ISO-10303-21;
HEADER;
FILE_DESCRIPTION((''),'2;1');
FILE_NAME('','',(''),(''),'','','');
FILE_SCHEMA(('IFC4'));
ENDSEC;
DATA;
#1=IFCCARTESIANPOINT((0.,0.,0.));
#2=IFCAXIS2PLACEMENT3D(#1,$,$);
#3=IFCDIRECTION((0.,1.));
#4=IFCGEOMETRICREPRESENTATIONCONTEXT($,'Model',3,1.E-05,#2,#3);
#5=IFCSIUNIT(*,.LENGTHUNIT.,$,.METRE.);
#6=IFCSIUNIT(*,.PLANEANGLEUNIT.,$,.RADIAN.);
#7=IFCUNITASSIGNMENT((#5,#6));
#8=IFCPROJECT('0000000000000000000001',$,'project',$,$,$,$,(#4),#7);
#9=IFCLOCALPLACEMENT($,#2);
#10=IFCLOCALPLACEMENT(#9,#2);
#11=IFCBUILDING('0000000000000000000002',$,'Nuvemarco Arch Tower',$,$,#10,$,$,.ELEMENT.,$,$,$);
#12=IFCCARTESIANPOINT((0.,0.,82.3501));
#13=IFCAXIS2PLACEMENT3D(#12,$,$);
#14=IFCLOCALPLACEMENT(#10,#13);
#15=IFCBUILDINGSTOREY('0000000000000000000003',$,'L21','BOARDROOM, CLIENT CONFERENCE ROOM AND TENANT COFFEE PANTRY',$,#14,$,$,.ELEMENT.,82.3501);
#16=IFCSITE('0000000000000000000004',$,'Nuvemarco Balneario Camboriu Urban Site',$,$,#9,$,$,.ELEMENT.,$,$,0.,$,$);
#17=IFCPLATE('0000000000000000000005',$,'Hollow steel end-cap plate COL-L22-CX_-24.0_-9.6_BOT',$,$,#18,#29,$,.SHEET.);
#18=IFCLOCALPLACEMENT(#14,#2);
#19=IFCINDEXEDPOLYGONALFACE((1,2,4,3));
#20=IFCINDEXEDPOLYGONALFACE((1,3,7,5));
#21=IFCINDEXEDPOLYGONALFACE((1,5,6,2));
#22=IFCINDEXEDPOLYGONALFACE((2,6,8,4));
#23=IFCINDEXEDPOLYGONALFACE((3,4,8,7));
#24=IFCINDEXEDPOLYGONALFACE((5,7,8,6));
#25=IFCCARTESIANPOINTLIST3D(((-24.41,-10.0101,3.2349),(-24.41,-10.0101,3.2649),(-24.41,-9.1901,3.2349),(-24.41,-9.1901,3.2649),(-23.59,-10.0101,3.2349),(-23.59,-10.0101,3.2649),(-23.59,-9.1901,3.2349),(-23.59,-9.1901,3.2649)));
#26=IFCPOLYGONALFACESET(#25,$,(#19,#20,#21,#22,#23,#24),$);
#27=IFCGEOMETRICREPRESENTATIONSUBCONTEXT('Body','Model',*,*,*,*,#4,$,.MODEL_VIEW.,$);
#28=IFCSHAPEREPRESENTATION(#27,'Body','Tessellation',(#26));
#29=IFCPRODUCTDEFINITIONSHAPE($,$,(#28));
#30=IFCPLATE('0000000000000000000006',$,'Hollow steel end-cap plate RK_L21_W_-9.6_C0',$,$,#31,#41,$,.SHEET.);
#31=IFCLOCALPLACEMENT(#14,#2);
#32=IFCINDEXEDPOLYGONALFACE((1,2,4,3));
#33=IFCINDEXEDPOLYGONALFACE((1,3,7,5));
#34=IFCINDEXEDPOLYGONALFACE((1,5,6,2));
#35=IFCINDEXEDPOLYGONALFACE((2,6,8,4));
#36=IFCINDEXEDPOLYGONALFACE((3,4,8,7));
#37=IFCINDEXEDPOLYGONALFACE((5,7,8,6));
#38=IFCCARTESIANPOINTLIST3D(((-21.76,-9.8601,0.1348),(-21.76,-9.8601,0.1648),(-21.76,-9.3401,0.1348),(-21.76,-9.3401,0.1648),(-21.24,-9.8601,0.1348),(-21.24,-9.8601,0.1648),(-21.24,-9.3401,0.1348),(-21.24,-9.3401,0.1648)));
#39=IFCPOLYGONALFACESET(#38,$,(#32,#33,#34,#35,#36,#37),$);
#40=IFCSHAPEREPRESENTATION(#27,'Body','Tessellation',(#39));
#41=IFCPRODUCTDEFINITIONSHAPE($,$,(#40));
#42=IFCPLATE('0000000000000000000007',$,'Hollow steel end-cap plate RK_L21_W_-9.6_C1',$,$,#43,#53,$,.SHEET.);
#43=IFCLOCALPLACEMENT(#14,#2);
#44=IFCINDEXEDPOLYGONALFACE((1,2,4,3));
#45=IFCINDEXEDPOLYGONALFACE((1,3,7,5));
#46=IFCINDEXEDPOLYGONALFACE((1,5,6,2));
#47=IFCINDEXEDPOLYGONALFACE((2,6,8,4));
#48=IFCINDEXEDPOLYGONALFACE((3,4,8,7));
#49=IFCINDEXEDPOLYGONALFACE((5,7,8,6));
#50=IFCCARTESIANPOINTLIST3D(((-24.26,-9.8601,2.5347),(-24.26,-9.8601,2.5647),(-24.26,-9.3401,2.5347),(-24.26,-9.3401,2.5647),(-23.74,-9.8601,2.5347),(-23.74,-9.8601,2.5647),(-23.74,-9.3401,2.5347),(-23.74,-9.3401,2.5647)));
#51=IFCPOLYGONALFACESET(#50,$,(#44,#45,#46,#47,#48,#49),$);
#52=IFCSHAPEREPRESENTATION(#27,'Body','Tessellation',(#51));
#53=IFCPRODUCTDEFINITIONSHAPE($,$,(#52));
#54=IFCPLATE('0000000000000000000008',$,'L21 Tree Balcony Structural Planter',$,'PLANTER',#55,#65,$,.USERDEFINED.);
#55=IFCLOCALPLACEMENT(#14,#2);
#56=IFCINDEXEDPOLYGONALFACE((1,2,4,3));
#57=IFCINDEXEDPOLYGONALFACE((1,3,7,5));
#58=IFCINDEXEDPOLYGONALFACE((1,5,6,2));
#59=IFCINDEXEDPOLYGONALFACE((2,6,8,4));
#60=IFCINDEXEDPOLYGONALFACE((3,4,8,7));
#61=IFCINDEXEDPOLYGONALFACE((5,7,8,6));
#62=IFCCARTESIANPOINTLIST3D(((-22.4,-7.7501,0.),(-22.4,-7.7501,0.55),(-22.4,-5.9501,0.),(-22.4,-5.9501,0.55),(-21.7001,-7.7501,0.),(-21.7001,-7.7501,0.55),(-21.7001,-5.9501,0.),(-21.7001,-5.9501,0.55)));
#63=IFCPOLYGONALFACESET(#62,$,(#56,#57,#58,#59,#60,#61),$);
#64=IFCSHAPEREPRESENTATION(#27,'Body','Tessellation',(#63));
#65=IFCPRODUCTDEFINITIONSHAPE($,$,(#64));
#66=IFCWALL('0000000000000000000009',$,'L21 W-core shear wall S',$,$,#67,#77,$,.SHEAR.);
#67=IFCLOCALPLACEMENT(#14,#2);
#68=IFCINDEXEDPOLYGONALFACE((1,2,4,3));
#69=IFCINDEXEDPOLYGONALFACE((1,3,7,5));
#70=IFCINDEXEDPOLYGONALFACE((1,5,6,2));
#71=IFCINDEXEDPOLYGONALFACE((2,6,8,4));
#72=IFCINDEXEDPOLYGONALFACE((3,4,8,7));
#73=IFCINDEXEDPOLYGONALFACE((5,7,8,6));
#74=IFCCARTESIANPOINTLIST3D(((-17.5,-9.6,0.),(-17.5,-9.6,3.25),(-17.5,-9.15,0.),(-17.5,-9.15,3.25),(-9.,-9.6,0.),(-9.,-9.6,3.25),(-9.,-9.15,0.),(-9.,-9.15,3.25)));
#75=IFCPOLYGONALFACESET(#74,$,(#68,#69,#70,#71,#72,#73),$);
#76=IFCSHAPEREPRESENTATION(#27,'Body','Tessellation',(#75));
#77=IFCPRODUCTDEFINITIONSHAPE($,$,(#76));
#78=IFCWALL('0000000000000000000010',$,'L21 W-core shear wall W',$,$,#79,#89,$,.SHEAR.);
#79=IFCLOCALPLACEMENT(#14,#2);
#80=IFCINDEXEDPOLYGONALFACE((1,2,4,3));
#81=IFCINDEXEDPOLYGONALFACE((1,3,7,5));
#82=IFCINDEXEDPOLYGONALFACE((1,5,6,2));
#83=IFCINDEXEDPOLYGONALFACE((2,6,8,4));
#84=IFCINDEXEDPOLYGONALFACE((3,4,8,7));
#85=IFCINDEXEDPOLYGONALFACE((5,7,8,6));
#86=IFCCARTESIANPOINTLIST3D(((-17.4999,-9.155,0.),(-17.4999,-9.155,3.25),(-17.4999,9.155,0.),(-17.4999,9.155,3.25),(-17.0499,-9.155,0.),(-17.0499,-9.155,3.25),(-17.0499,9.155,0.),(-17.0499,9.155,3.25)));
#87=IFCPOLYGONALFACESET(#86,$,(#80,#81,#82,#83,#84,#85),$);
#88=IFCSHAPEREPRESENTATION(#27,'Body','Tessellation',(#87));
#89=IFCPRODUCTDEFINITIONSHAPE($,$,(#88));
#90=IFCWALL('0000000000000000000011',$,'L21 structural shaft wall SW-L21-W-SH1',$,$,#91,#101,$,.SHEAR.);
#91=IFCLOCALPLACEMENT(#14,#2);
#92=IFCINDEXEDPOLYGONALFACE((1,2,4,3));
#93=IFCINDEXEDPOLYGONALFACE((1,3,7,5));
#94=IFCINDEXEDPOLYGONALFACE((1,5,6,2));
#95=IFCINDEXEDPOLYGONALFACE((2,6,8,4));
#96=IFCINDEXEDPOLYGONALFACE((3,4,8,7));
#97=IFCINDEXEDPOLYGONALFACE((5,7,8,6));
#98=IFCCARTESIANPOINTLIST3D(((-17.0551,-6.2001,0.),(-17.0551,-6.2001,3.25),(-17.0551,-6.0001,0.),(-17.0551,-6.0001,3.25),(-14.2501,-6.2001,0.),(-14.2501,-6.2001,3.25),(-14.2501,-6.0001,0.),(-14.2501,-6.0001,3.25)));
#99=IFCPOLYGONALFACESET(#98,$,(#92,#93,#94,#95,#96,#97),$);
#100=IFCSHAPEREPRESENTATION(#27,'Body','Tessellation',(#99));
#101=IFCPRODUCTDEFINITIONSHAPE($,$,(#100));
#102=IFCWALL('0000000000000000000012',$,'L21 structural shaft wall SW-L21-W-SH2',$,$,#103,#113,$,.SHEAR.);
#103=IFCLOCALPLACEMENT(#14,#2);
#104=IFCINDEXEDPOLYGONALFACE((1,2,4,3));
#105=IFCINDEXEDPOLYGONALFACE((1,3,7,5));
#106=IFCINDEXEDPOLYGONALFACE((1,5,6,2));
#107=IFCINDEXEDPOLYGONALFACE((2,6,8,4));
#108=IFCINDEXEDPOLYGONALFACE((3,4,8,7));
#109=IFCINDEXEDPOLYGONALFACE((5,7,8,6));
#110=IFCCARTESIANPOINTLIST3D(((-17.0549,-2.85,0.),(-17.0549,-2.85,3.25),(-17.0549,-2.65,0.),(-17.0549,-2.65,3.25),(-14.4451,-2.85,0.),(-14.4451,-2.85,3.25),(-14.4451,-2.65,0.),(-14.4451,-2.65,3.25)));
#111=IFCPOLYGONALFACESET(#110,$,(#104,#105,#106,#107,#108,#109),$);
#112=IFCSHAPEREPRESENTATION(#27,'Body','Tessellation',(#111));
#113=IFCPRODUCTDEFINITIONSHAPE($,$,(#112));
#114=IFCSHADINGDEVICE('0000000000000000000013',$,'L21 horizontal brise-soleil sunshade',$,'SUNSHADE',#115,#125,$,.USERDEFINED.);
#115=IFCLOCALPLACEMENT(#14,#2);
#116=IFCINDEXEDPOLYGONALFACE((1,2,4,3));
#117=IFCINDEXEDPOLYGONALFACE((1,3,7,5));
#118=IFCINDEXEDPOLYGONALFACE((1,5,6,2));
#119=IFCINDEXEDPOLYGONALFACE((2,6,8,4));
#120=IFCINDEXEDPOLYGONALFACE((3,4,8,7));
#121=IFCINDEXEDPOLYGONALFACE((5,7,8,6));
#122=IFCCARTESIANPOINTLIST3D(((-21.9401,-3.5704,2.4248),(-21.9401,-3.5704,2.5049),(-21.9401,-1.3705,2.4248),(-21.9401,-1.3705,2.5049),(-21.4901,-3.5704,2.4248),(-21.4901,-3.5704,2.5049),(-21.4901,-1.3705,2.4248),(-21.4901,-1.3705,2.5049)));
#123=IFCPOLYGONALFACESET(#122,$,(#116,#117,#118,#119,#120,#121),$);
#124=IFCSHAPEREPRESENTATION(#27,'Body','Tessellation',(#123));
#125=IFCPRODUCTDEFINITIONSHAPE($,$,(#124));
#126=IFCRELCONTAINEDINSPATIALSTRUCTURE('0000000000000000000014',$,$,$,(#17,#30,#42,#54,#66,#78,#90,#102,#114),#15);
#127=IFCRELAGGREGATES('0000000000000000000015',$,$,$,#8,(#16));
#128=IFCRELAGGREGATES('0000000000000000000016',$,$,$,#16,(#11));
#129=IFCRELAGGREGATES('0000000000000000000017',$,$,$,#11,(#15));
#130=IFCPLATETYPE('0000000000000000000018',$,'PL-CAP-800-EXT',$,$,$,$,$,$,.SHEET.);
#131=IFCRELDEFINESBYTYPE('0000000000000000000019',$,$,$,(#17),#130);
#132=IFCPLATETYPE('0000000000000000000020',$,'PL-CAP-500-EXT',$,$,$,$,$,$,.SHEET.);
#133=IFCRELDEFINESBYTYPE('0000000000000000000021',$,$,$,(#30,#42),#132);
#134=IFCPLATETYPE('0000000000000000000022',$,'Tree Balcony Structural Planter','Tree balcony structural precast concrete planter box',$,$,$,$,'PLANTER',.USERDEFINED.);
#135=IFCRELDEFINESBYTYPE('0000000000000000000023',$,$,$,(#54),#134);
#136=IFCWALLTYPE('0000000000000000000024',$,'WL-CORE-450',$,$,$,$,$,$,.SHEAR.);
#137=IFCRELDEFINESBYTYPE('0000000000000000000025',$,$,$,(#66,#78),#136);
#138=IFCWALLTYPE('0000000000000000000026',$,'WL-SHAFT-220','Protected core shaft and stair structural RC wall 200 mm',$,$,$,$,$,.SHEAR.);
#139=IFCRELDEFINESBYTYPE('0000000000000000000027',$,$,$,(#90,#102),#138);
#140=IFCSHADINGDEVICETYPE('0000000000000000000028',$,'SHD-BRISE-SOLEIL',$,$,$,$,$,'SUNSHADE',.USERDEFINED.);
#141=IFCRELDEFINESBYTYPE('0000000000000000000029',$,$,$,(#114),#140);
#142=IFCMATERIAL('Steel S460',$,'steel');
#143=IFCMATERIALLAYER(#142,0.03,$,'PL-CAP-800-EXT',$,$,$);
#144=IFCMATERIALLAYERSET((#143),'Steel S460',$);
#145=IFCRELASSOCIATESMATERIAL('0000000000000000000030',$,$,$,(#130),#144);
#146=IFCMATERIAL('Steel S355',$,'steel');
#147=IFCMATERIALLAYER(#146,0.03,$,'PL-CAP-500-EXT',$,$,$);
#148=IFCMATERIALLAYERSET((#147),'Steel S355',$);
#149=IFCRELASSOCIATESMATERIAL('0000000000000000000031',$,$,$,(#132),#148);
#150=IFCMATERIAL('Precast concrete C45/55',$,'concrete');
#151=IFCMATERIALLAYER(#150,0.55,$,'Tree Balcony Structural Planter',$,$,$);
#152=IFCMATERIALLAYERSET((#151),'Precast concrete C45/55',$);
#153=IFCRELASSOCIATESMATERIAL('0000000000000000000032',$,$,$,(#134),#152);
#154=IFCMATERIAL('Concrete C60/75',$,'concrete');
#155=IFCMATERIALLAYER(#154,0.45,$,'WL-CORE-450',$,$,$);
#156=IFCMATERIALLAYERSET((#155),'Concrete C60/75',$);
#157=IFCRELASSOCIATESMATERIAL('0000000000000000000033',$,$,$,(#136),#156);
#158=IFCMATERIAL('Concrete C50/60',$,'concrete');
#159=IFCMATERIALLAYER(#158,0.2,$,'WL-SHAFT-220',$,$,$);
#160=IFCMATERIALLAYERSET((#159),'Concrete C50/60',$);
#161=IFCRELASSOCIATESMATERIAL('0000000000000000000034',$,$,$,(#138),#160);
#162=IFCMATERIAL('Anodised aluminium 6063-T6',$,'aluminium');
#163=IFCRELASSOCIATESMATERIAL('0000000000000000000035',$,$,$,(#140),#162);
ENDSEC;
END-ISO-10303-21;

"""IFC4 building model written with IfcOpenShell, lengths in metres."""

from ifc_helpers import new_model, si_unit, direction, frame, frame_2d, origin, origin_2d, place, context, subcontext, project, spatial, rectangle, extrude, source, transform, mapped, material, layer, layer_set, type_object, type_shapes, element, save


model = new_model("IFC4")

# Units and contexts
model_context = context("Model", 3, precision=1e-05, world=origin(), true_north=direction((0.0, 1.0)))
body_context = subcontext(model_context, "Body", "Model", "MODEL_VIEW")
ifc_project = project(units=[si_unit("LENGTHUNIT", "METRE"), si_unit("PLANEANGLEUNIT", "RADIAN")], contexts=[model_context])

# Site, building, storey
site_placement = place(None, origin())
site = spatial("IfcSite", under=ifc_project, at=site_placement, Name="Nuvemarco Balneario Camboriu Urban Site", CompositionType="ELEMENT", RefElevation=0.0)
building_placement = place(site_placement, origin())
building = spatial("IfcBuilding", under=site, at=building_placement, Name="Nuvemarco Arch Tower", CompositionType="ELEMENT")
storey_placement = place(building_placement, frame((0.0, 0.0, 82.3501)))
storey = spatial("IfcBuildingStorey", under=building, at=storey_placement, Name="L21", Description="BOARDROOM, CLIENT CONFERENCE ROOM AND TENANT COFFEE PANTRY", CompositionType="ELEMENT", Elevation=82.3501)

# Shared definitions
ifc_material_1 = material(Name="Concrete C60/75", Category="concrete")
ifc_material_2 = material(Name="Steel S460", Category="steel")

# Shared definitions
ifc_material_3 = material(Name="Steel S355", Category="steel")
ifc_material_4 = material(Name="Precast concrete C45/55", Category="concrete")

# Plates
ifc_layer_1 = layer(ifc_material_2, 0.03, Name="PL-CAP-800-EXT")
ifc_layer_set_1 = layer_set([ifc_layer_1], Name="Steel S460")
plate_type_1 = type_object("IfcPlateType", Name="PL-CAP-800-EXT", PredefinedType="SHEET", material=ifc_layer_set_1)
shared_shape_1 = source(origin(), body_context, "Body", "SweptSolid", [
    extrude(rectangle(XDim=0.8201, YDim=0.8201, at=origin_2d()), origin(), (0.0, 0.0, 1.0), 0.03),
])
type_shapes(plate_type_1, [shared_shape_1])
for number, where, z_axis, x_axis, name in (
    (1, (-24.0, -9.6001, 3.2349), (0.0, 0.0, 1.0), (1.0, 0.0, 0.0), "Hollow steel end-cap plate COL-L22-CX_-24.0_-9.6_BOT"),
):
    element("IfcPlate", number, at=place(storey_placement, frame(where, z_axis=z_axis, x_axis=x_axis)), inside=storey, type_object=plate_type_1, Name=name, PredefinedType="SHEET", context=body_context, shape_type="MappedRepresentation", body=[
        mapped(shared_shape_1, transform((0.0, 0.0, 0.0), scale=1.0)),
    ])
ifc_layer_2 = layer(ifc_material_3, 0.03, Name="PL-CAP-500-EXT")
ifc_layer_set_2 = layer_set([ifc_layer_2], Name="Steel S355")
plate_type_2 = type_object("IfcPlateType", Name="PL-CAP-500-EXT", PredefinedType="SHEET", material=ifc_layer_set_2)
shared_shape_2 = source(origin(), body_context, "Body", "SweptSolid", [
    extrude(rectangle(XDim=0.52, YDim=0.52, at=origin_2d()), origin(), (0.0, 0.0, 1.0), 0.03),
])
type_shapes(plate_type_2, [shared_shape_2])
for number, where, z_axis, x_axis, name in (
    (2, (-21.5, -9.6001, 0.1348), (0.0, 0.0, 1.0), (1.0, 0.0, 0.0), "Hollow steel end-cap plate RK_L21_W_-9.6_C0"),
    (3, (-24.0, -9.6001, 2.5347), (0.0, 0.0, 1.0), (1.0, 0.0, 0.0), "Hollow steel end-cap plate RK_L21_W_-9.6_C1"),
):
    element("IfcPlate", number, at=place(storey_placement, frame(where, z_axis=z_axis, x_axis=x_axis)), inside=storey, type_object=plate_type_2, Name=name, PredefinedType="SHEET", context=body_context, shape_type="MappedRepresentation", body=[
        mapped(shared_shape_2, transform((0.0, 0.0, 0.0), scale=1.0)),
    ])
ifc_layer_3 = layer(ifc_material_4, 0.55, Name="Tree Balcony Structural Planter")
ifc_layer_set_3 = layer_set([ifc_layer_3], Name="Precast concrete C45/55")
plate_type_3 = type_object("IfcPlateType", Name="Tree Balcony Structural Planter", Description="Tree balcony structural precast concrete planter box", ElementType="PLANTER", PredefinedType="USERDEFINED", material=ifc_layer_set_3)
shared_shape_3 = source(origin(), body_context, "Body", "SweptSolid", [
    extrude(rectangle(XDim=1.8, YDim=0.7, at=origin_2d()), origin(), (0.0, 0.0, 1.0), 0.55),
])
type_shapes(plate_type_3, [shared_shape_3])
plate_placement = place(storey_placement, frame((-22.05, -6.8501, 0.0), z_axis=(0.0, 0.0, 1.0), x_axis=(0.0, 1.0, 0.0)))
element("IfcPlate", 4, at=plate_placement, inside=storey, type_object=plate_type_3, Name="L21 Tree Balcony Structural Planter", ObjectType="PLANTER", PredefinedType="USERDEFINED", context=body_context, shape_type="MappedRepresentation", body=[
    mapped(shared_shape_3, transform((0.0, 0.0, 0.0), scale=1.0)),
])

# Walls
ifc_layer_4 = layer(ifc_material_1, 0.45, Name="WL-CORE-450")
ifc_layer_set_4 = layer_set([ifc_layer_4], Name="Concrete C60/75")
wall_type_1 = type_object("IfcWallType", Name="WL-CORE-450", PredefinedType="SHEAR", material=ifc_layer_set_4)
wall_1_placement = place(storey_placement, frame((-17.5, -9.375, 0.0), z_axis=(0.0, 0.0, 1.0), x_axis=(1.0, 0.0, 0.0)))
element("IfcWall", 5, at=wall_1_placement, inside=storey, type_object=wall_type_1, Name="L21 W-core shear wall S", PredefinedType="SHEAR", context=body_context, shape_type="SweptSolid", body=[
    extrude(rectangle(XDim=8.5, YDim=0.45, at=frame_2d((4.25, 0.0))), origin(), (0.0, 0.0, 1.0), 3.25),
])
wall_2_placement = place(storey_placement, frame((-17.2749, -9.155, 0.0), z_axis=(0.0, 0.0, 1.0), x_axis=(0.0, 1.0, 0.0)))
element("IfcWall", 6, at=wall_2_placement, inside=storey, type_object=wall_type_1, Name="L21 W-core shear wall W", PredefinedType="SHEAR", context=body_context, shape_type="SweptSolid", body=[
    extrude(rectangle(XDim=18.3101, YDim=0.45, at=frame_2d((9.155, 0.0))), origin(), (0.0, 0.0, 1.0), 3.25),
])
ifc_material_5 = material(Name="Concrete C50/60", Category="concrete")
ifc_layer_5 = layer(ifc_material_5, 0.2, Name="WL-SHAFT-220")
ifc_layer_set_5 = layer_set([ifc_layer_5], Name="Concrete C50/60")
wall_type_2 = type_object("IfcWallType", Name="WL-SHAFT-220", Description="Protected core shaft and stair structural RC wall 200 mm", PredefinedType="SHEAR", material=ifc_layer_set_5)
wall_3_placement = place(storey_placement, frame((-17.0549, -6.1001, 0.0), z_axis=(0.0, 0.0, 1.0), x_axis=(1.0, 0.0, 0.0)))
element("IfcWall", 7, at=wall_3_placement, inside=storey, type_object=wall_type_2, Name="L21 structural shaft wall SW-L21-W-SH1", PredefinedType="SHEAR", context=body_context, shape_type="SweptSolid", body=[
    extrude(rectangle(XDim=2.8049, YDim=0.2, at=frame_2d((1.4023, 0.0))), origin(), (0.0, 0.0, 1.0), 3.25),
])
wall_4_placement = place(storey_placement, frame((-17.0549, -2.75, 0.0), z_axis=(0.0, 0.0, 1.0), x_axis=(1.0, 0.0, 0.0)))
element("IfcWall", 8, at=wall_4_placement, inside=storey, type_object=wall_type_2, Name="L21 structural shaft wall SW-L21-W-SH2", PredefinedType="SHEAR", context=body_context, shape_type="SweptSolid", body=[
    extrude(rectangle(XDim=2.6099, YDim=0.2, at=frame_2d((1.3049, 0.0))), origin(), (0.0, 0.0, 1.0), 3.25),
])

# Shading device
ifc_material_6 = material(Name="Anodised aluminium 6063-T6", Category="aluminium")
shading_device_type = type_object("IfcShadingDeviceType", Name="SHD-BRISE-SOLEIL", ElementType="SUNSHADE", PredefinedType="USERDEFINED", material=ifc_material_6)
shared_shape_4 = source(origin(), body_context, "Body", "SweptSolid", [
    extrude(rectangle(XDim=2.2, YDim=0.45, at=origin_2d()), origin(), (0.0, 0.0, 1.0), 0.0801),
])
type_shapes(shading_device_type, [shared_shape_4])
shading_device_placement = place(storey_placement, frame((-21.7151, -2.4705, 2.4248), z_axis=(0.0, 0.0, 1.0), x_axis=(0.0, 1.0, 0.0)))
element("IfcShadingDevice", 9, at=shading_device_placement, inside=storey, type_object=shading_device_type, Name="L21 horizontal brise-soleil sunshade", ObjectType="SUNSHADE", PredefinedType="USERDEFINED", context=body_context, shape_type="MappedRepresentation", body=[
    mapped(shared_shape_4, transform((0.0, 0.0, 0.0), scale=1.0)),
])

save(model, "model.ifc")
